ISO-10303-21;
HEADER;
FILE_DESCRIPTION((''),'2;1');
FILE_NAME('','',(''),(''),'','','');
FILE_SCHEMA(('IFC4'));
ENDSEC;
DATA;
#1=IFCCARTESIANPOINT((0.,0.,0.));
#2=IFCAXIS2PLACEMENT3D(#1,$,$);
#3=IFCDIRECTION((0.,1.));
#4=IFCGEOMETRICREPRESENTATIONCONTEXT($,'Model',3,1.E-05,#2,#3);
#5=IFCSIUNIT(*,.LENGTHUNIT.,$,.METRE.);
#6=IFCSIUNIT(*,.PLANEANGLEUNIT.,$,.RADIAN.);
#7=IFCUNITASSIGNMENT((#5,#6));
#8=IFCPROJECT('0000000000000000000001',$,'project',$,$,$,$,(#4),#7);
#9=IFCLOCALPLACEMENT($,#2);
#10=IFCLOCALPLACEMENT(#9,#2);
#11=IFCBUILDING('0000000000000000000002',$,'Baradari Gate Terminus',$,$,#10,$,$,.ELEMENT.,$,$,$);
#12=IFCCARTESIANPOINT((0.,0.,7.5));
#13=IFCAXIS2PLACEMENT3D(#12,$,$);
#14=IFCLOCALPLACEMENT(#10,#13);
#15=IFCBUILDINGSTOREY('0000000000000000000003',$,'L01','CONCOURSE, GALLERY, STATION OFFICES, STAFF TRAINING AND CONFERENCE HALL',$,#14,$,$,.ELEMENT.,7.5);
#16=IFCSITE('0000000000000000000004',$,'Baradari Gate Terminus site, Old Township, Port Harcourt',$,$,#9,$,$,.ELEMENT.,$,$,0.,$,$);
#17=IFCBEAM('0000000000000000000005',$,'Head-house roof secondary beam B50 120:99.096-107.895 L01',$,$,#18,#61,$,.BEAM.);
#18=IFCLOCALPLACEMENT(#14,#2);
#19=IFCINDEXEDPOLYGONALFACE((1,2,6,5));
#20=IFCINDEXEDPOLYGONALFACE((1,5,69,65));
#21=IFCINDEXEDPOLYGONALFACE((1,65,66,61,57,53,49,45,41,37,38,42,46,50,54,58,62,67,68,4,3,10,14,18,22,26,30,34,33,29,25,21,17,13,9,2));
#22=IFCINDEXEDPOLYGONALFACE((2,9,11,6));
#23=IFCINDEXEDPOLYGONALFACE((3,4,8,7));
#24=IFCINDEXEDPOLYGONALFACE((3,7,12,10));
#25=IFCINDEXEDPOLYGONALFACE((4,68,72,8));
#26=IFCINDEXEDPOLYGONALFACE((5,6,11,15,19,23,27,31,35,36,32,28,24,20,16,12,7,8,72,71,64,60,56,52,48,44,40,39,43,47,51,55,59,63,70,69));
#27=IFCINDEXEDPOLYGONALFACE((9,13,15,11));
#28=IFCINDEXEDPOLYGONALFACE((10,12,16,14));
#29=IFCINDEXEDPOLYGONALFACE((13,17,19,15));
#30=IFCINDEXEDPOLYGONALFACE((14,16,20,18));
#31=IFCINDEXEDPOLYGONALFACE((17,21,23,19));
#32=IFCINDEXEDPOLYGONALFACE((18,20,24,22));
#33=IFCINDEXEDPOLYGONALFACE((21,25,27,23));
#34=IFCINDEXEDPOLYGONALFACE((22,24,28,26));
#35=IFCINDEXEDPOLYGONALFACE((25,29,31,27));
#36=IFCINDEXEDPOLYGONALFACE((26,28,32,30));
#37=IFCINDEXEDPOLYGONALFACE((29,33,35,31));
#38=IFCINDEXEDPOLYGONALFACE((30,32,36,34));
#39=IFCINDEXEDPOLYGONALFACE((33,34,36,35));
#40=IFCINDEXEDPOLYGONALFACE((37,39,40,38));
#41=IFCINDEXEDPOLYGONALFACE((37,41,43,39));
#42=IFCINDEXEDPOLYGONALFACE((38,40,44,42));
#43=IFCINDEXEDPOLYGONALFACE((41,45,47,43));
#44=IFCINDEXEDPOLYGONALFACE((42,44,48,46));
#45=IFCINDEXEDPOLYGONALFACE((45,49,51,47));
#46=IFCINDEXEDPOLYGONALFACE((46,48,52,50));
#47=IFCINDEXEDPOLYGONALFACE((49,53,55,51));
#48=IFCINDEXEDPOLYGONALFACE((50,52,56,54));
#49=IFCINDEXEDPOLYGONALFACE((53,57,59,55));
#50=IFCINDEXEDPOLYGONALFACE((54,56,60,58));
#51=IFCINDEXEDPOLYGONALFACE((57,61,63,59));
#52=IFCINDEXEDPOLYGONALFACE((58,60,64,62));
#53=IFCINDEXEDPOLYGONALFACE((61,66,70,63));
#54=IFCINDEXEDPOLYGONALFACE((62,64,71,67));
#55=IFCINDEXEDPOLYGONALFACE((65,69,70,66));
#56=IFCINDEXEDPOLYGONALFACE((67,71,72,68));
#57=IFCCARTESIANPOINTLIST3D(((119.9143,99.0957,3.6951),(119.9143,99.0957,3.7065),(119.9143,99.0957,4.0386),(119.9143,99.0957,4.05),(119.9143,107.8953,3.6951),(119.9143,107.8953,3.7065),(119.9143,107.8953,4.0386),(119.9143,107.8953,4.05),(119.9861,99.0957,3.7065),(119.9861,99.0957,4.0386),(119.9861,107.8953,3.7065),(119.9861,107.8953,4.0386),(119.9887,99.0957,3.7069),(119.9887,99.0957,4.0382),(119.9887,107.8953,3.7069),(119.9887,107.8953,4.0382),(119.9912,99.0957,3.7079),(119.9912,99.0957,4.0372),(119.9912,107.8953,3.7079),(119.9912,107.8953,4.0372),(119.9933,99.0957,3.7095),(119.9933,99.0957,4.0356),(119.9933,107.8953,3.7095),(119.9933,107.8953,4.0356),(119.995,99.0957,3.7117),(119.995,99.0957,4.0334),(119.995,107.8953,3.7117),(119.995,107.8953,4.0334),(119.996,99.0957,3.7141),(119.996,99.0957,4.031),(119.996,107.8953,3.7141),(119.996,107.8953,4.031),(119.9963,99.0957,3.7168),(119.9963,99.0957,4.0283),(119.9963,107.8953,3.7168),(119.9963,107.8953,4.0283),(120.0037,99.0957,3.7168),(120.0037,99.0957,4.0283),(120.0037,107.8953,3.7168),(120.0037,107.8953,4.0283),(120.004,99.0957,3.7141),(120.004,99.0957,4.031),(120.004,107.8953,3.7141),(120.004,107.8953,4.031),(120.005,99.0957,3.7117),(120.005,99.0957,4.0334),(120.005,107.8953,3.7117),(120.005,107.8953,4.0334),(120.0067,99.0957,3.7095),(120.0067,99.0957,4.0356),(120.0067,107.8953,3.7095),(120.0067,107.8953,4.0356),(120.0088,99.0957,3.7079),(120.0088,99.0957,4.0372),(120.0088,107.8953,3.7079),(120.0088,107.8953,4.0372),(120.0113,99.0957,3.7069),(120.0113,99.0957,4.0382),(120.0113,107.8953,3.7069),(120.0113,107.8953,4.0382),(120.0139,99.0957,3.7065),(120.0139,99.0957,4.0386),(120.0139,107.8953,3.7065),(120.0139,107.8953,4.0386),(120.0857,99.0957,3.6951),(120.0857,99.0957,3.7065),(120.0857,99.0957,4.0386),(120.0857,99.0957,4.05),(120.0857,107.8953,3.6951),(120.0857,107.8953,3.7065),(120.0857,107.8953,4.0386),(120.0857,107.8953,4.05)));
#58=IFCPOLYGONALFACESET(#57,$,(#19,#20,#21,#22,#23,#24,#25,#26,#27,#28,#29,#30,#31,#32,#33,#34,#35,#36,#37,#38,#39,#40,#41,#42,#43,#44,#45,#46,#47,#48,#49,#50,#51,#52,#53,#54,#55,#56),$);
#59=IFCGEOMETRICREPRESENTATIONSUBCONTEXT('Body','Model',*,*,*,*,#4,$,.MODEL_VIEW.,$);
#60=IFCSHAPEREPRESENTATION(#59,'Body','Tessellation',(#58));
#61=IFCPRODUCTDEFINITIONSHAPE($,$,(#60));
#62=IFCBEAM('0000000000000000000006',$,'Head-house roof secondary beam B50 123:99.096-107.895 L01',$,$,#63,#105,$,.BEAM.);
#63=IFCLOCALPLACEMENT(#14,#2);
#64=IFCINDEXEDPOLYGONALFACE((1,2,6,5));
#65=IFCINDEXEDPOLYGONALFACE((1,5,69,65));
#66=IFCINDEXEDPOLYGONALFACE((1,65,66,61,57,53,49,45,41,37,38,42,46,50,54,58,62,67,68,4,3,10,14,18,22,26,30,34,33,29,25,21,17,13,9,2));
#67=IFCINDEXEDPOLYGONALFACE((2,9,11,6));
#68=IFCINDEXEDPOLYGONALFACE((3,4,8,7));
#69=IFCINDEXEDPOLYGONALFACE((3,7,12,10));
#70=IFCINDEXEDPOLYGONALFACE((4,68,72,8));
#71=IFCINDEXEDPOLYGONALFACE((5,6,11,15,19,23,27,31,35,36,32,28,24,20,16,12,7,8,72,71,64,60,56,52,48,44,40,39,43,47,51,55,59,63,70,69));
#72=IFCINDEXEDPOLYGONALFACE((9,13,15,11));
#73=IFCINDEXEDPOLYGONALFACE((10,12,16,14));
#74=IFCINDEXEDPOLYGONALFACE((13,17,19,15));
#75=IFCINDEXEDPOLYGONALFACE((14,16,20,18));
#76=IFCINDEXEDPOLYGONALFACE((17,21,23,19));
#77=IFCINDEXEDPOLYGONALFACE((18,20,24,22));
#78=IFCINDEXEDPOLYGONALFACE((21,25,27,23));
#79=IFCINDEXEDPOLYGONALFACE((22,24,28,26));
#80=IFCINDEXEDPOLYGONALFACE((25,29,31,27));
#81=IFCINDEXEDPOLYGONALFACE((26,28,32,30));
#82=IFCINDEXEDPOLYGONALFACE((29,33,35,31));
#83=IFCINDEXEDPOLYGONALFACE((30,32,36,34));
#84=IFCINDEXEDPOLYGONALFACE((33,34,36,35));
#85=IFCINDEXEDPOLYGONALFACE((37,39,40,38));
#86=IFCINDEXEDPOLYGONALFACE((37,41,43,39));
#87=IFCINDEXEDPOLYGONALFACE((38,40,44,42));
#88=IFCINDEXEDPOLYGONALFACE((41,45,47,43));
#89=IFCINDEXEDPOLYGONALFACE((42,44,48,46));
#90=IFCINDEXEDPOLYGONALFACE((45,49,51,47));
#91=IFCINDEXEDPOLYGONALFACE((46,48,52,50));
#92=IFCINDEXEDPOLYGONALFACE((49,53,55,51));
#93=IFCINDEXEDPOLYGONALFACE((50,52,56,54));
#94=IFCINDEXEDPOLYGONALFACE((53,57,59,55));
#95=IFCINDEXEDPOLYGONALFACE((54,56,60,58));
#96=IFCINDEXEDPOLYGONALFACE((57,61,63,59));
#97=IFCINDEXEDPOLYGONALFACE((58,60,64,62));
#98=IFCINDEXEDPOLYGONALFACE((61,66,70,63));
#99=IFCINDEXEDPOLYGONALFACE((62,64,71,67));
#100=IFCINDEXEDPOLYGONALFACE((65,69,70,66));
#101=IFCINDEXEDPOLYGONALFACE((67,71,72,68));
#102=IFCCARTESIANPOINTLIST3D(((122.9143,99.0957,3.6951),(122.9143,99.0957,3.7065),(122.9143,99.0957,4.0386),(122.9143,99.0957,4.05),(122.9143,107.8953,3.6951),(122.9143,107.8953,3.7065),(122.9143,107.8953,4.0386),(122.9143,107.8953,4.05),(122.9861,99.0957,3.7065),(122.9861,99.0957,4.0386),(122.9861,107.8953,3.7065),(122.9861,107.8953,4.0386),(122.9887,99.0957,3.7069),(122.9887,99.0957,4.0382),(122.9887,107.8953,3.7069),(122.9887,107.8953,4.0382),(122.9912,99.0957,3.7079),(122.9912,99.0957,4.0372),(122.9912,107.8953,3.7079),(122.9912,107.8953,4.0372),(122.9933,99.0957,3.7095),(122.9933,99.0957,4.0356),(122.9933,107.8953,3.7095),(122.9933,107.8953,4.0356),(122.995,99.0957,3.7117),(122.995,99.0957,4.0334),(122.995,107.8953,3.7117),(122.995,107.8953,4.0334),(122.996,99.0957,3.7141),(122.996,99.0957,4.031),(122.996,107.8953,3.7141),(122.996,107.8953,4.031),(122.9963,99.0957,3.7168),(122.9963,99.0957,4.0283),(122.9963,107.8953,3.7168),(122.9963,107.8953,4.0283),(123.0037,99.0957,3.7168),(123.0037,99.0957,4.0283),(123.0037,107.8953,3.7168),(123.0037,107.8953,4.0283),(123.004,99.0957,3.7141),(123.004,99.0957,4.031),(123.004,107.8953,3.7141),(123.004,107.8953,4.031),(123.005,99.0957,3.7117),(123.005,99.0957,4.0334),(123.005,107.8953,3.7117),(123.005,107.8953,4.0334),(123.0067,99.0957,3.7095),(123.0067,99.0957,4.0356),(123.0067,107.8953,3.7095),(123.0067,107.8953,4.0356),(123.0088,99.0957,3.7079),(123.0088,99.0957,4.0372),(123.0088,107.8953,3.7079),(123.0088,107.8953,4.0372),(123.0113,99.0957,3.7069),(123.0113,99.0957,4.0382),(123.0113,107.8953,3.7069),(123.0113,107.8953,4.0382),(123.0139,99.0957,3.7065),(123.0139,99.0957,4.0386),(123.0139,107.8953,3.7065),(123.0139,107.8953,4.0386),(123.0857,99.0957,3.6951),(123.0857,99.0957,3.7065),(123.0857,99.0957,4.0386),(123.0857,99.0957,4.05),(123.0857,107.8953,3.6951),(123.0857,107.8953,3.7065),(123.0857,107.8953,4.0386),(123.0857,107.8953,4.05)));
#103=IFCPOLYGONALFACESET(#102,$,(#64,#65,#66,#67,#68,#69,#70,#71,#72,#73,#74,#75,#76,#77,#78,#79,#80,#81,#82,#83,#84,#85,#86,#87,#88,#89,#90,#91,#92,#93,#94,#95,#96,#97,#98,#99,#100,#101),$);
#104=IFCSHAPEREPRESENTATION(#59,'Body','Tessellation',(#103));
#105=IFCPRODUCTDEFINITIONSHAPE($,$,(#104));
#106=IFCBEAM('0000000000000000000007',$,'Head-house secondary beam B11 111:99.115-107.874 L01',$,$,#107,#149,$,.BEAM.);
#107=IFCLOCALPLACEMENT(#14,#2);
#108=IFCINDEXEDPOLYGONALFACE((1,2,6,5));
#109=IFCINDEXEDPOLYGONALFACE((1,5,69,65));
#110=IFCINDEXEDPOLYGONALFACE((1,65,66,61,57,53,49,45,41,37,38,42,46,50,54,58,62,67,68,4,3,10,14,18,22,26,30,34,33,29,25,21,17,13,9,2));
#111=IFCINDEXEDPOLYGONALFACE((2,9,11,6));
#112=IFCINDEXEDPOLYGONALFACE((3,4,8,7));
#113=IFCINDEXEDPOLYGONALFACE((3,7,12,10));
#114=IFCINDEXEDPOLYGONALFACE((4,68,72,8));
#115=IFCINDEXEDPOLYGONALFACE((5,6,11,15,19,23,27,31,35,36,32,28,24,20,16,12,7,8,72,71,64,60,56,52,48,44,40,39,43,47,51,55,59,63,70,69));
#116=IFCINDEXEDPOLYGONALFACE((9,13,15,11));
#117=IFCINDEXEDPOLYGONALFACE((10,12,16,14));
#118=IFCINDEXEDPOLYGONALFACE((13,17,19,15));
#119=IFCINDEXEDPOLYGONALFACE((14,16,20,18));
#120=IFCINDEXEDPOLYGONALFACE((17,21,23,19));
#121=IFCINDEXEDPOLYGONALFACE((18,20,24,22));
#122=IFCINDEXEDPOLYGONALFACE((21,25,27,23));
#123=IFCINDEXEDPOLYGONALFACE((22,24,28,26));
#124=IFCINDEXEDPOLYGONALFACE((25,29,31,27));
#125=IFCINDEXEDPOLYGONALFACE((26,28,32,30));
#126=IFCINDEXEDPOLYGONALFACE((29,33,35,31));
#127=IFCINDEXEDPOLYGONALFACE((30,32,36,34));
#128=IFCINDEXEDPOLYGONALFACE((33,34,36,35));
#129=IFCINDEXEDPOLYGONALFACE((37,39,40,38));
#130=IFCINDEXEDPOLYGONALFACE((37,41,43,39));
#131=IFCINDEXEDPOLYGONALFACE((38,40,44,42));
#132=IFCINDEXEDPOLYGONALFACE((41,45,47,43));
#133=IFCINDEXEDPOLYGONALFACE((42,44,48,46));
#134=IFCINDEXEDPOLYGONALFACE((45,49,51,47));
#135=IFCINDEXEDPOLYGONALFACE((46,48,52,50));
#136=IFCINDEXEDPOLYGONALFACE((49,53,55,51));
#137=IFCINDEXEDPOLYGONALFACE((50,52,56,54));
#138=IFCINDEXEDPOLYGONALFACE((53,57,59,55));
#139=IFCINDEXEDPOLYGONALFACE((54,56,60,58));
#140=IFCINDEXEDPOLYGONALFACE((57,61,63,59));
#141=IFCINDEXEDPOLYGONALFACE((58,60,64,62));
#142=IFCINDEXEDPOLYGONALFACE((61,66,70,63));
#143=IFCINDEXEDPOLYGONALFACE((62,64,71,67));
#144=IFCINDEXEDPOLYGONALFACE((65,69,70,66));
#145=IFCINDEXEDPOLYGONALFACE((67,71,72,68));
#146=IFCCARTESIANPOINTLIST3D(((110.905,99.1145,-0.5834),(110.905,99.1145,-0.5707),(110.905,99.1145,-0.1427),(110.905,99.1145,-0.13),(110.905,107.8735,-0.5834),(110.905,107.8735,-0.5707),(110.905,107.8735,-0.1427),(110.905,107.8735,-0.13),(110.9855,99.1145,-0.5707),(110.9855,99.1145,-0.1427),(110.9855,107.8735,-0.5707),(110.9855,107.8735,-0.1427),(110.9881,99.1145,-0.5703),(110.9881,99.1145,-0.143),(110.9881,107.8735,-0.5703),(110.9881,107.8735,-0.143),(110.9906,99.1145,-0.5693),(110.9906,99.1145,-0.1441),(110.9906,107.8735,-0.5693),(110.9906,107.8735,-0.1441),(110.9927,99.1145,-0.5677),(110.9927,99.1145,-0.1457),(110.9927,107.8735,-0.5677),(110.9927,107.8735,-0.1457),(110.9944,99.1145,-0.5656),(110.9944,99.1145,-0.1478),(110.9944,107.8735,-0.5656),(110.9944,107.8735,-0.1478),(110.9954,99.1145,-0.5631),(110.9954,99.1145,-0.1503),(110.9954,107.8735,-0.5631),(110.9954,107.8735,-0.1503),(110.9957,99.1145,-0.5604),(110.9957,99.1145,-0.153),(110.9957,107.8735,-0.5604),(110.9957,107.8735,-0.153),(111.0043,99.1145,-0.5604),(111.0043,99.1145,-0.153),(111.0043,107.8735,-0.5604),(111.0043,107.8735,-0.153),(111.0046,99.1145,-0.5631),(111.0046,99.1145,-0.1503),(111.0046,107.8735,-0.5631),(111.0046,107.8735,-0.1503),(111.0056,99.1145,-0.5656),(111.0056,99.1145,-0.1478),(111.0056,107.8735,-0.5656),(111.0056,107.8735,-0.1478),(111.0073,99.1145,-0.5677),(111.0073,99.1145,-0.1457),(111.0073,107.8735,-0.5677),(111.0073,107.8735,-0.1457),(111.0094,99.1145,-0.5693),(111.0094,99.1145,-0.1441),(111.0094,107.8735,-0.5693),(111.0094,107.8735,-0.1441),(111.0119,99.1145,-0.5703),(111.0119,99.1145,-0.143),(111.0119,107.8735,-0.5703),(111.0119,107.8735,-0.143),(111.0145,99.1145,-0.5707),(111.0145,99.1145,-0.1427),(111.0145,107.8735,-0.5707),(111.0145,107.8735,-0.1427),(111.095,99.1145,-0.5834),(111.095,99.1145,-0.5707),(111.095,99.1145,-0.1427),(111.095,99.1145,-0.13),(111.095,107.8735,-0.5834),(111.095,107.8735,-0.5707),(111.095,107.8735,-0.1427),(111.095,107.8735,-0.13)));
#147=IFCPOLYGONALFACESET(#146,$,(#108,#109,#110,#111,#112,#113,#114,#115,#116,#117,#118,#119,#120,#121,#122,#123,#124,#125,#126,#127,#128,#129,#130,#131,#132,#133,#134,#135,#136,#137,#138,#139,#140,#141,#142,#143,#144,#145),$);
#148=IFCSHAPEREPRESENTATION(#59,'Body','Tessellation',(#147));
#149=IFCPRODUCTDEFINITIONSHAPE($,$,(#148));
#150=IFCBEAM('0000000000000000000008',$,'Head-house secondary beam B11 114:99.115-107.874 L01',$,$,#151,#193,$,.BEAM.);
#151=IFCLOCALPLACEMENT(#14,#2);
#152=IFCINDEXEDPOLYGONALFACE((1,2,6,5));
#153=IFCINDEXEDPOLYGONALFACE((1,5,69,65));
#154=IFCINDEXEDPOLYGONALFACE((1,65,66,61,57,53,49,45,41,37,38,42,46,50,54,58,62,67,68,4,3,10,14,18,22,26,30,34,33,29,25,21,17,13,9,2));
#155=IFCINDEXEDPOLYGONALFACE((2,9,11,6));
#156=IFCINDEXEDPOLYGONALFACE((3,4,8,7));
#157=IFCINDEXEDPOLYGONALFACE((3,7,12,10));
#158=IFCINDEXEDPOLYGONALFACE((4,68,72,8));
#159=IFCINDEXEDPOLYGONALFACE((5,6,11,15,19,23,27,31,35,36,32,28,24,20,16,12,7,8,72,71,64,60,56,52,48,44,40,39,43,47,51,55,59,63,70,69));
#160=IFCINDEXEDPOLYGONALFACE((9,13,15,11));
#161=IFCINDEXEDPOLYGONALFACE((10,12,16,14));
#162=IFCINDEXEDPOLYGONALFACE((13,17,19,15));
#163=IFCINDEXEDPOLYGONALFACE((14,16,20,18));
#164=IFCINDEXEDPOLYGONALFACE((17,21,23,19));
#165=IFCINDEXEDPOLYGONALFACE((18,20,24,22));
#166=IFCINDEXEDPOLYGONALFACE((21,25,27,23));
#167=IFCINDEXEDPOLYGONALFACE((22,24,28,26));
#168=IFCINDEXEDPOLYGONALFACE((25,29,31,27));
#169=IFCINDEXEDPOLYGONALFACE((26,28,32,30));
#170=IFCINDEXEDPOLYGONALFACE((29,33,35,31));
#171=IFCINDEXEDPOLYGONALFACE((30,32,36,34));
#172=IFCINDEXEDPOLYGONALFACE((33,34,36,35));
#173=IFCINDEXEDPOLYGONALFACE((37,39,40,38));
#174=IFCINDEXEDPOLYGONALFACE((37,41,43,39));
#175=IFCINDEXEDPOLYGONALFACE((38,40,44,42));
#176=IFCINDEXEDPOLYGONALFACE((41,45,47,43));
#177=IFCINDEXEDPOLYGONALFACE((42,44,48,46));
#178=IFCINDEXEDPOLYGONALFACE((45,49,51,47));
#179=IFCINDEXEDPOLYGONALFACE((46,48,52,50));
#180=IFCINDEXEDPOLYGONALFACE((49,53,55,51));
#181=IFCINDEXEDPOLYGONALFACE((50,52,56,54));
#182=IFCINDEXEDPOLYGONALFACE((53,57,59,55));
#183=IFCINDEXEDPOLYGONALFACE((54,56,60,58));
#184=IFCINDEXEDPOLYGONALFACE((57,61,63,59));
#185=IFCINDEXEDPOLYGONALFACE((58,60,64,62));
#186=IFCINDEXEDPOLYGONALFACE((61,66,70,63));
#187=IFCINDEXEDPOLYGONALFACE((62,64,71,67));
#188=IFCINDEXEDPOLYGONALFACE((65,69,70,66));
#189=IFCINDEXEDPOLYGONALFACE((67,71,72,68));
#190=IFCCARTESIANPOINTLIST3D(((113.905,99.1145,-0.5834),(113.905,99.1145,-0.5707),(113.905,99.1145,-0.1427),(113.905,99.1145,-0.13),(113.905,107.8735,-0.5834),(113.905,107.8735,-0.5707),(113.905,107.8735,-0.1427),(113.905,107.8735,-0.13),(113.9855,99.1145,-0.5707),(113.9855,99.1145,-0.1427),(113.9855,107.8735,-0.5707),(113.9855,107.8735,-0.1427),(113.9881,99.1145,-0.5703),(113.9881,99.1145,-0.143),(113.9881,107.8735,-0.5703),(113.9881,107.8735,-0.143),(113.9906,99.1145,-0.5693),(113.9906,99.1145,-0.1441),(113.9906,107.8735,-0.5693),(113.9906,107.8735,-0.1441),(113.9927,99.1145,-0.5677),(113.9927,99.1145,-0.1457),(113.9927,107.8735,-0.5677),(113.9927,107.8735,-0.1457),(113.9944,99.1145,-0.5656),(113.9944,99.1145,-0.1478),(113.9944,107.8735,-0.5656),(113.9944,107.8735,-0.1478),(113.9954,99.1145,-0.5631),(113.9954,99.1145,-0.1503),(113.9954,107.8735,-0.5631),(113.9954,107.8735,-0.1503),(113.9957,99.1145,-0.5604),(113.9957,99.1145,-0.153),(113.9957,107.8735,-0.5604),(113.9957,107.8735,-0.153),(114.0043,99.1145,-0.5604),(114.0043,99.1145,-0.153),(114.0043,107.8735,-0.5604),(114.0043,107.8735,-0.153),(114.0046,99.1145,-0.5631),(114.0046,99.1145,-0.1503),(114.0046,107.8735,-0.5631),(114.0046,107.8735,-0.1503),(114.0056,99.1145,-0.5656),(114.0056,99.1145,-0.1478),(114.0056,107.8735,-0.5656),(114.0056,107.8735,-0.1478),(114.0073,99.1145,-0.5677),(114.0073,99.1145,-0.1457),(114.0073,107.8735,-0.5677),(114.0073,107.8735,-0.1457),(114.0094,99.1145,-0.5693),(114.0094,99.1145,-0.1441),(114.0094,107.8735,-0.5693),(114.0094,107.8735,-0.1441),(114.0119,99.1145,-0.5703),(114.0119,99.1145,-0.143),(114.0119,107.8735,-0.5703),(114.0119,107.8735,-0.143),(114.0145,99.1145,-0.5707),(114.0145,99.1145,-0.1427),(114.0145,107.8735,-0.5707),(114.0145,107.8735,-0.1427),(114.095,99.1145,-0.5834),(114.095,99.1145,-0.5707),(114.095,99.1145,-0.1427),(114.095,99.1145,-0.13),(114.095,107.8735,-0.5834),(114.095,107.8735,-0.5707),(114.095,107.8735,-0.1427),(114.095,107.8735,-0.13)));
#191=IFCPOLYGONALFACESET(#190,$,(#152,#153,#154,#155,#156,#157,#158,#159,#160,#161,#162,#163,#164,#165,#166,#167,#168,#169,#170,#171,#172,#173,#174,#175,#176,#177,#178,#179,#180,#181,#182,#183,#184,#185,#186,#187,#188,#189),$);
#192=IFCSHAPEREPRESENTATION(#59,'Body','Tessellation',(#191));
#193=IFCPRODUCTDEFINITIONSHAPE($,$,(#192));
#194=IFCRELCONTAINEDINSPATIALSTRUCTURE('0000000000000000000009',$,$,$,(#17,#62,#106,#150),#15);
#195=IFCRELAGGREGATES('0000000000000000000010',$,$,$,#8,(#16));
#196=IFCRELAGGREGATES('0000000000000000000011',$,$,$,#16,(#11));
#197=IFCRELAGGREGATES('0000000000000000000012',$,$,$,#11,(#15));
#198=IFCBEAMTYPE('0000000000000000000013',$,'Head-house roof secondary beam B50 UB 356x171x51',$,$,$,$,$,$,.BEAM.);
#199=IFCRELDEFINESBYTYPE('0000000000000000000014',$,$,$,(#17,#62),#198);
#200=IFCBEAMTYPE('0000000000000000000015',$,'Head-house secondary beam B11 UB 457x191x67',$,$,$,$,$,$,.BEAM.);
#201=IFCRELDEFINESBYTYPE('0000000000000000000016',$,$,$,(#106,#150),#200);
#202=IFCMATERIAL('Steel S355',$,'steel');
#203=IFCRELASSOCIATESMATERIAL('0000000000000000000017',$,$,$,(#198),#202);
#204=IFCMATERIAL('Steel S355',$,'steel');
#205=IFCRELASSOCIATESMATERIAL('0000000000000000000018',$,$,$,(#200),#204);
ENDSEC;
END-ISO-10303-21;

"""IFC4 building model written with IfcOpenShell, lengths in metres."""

from ifc_helpers import new_model, si_unit, direction, frame, origin, origin_2d, place, context, subcontext, project, spatial, i_section, extrude, material, material_profile, profile_set, type_object, element, save


model = new_model("IFC4")

# Units and contexts
model_context = context("Model", 3, precision=1e-05, world=origin(), true_north=direction((0.0, 1.0)))
body_context = subcontext(model_context, "Body", "Model", "MODEL_VIEW")
ifc_project = project(units=[si_unit("LENGTHUNIT", "METRE"), si_unit("PLANEANGLEUNIT", "RADIAN")], contexts=[model_context])

# Site, building, storey
site_placement = place(None, origin())
site = spatial("IfcSite", under=ifc_project, at=site_placement, Name="Baradari Gate Terminus site, Old Township, Port Harcourt", CompositionType="ELEMENT", RefElevation=0.0)
building_placement = place(site_placement, origin())
building = spatial("IfcBuilding", under=site, at=building_placement, Name="Baradari Gate Terminus", CompositionType="ELEMENT")
storey_placement = place(building_placement, frame((0.0, 0.0, 7.5)))
storey = spatial("IfcBuildingStorey", under=building, at=storey_placement, Name="L01", Description="CONCOURSE, GALLERY, STATION OFFICES, STAFF TRAINING AND CONFERENCE HALL", CompositionType="ELEMENT", Elevation=7.5)

# Beams
ifc_material_1 = material(Name="Steel S355", Category="steel")
ifc_material_profile_1 = material_profile(ifc_material_1, i_section(OverallWidth=0.1714, OverallDepth=0.355, WebThickness=0.0073, FlangeThickness=0.0115, FilletRadius=0.0103, at=origin_2d()), Name="UB 356x171x51")
ifc_profile_set_1 = profile_set([ifc_material_profile_1], Name="Steel S355")
beam_type_1 = type_object("IfcBeamType", Name="Head-house roof secondary beam B50 UB 356x171x51", PredefinedType="BEAM", material=ifc_profile_set_1)
for number, where, z_axis, x_axis, name in (
    (1, (120.0, 99.0957, 3.8726), (0.0, 1.0, 0.0), (-1.0, 0.0, 0.0), "Head-house roof secondary beam B50 120:99.096-107.895 L01"),
    (2, (123.0, 99.0957, 3.8726), (0.0, 1.0, 0.0), (-1.0, 0.0, 0.0), "Head-house roof secondary beam B50 123:99.096-107.895 L01"),
):
    element("IfcBeam", number, at=place(storey_placement, frame(where, z_axis=z_axis, x_axis=x_axis)), inside=storey, type_object=beam_type_1, Name=name, PredefinedType="BEAM", context=body_context, shape_type="SweptSolid", body=[
        extrude(i_section(OverallWidth=0.1714, OverallDepth=0.355, WebThickness=0.0073, FlangeThickness=0.0115, FilletRadius=0.0103, at=origin_2d()), origin(), (0.0, 0.0, 1.0), 8.7996),
    ])
ifc_material_2 = material(Name="Steel S355", Category="steel")
ifc_material_profile_2 = material_profile(ifc_material_2, i_section(OverallWidth=0.1899, OverallDepth=0.4534, WebThickness=0.0085, FlangeThickness=0.0127, FilletRadius=0.0103, at=origin_2d()), Name="UB 457x191x67")
ifc_profile_set_2 = profile_set([ifc_material_profile_2], Name="Steel S355")
beam_type_2 = type_object("IfcBeamType", Name="Head-house secondary beam B11 UB 457x191x67", PredefinedType="BEAM", material=ifc_profile_set_2)
for number, where, z_axis, x_axis, name in (
    (3, (111.0, 99.1145, -0.3567), (0.0, 1.0, 0.0), (-1.0, 0.0, 0.0), "Head-house secondary beam B11 111:99.115-107.874 L01"),
    (4, (114.0, 99.1145, -0.3567), (0.0, 1.0, 0.0), (-1.0, 0.0, 0.0), "Head-house secondary beam B11 114:99.115-107.874 L01"),
):
    element("IfcBeam", number, at=place(storey_placement, frame(where, z_axis=z_axis, x_axis=x_axis)), inside=storey, type_object=beam_type_2, Name=name, PredefinedType="BEAM", context=body_context, shape_type="SweptSolid", body=[
        extrude(i_section(OverallWidth=0.1899, OverallDepth=0.4534, WebThickness=0.0085, FlangeThickness=0.0127, FilletRadius=0.0103, at=origin_2d()), origin(), (0.0, 0.0, 1.0), 8.759),
    ])

save(model, "model.ifc")
